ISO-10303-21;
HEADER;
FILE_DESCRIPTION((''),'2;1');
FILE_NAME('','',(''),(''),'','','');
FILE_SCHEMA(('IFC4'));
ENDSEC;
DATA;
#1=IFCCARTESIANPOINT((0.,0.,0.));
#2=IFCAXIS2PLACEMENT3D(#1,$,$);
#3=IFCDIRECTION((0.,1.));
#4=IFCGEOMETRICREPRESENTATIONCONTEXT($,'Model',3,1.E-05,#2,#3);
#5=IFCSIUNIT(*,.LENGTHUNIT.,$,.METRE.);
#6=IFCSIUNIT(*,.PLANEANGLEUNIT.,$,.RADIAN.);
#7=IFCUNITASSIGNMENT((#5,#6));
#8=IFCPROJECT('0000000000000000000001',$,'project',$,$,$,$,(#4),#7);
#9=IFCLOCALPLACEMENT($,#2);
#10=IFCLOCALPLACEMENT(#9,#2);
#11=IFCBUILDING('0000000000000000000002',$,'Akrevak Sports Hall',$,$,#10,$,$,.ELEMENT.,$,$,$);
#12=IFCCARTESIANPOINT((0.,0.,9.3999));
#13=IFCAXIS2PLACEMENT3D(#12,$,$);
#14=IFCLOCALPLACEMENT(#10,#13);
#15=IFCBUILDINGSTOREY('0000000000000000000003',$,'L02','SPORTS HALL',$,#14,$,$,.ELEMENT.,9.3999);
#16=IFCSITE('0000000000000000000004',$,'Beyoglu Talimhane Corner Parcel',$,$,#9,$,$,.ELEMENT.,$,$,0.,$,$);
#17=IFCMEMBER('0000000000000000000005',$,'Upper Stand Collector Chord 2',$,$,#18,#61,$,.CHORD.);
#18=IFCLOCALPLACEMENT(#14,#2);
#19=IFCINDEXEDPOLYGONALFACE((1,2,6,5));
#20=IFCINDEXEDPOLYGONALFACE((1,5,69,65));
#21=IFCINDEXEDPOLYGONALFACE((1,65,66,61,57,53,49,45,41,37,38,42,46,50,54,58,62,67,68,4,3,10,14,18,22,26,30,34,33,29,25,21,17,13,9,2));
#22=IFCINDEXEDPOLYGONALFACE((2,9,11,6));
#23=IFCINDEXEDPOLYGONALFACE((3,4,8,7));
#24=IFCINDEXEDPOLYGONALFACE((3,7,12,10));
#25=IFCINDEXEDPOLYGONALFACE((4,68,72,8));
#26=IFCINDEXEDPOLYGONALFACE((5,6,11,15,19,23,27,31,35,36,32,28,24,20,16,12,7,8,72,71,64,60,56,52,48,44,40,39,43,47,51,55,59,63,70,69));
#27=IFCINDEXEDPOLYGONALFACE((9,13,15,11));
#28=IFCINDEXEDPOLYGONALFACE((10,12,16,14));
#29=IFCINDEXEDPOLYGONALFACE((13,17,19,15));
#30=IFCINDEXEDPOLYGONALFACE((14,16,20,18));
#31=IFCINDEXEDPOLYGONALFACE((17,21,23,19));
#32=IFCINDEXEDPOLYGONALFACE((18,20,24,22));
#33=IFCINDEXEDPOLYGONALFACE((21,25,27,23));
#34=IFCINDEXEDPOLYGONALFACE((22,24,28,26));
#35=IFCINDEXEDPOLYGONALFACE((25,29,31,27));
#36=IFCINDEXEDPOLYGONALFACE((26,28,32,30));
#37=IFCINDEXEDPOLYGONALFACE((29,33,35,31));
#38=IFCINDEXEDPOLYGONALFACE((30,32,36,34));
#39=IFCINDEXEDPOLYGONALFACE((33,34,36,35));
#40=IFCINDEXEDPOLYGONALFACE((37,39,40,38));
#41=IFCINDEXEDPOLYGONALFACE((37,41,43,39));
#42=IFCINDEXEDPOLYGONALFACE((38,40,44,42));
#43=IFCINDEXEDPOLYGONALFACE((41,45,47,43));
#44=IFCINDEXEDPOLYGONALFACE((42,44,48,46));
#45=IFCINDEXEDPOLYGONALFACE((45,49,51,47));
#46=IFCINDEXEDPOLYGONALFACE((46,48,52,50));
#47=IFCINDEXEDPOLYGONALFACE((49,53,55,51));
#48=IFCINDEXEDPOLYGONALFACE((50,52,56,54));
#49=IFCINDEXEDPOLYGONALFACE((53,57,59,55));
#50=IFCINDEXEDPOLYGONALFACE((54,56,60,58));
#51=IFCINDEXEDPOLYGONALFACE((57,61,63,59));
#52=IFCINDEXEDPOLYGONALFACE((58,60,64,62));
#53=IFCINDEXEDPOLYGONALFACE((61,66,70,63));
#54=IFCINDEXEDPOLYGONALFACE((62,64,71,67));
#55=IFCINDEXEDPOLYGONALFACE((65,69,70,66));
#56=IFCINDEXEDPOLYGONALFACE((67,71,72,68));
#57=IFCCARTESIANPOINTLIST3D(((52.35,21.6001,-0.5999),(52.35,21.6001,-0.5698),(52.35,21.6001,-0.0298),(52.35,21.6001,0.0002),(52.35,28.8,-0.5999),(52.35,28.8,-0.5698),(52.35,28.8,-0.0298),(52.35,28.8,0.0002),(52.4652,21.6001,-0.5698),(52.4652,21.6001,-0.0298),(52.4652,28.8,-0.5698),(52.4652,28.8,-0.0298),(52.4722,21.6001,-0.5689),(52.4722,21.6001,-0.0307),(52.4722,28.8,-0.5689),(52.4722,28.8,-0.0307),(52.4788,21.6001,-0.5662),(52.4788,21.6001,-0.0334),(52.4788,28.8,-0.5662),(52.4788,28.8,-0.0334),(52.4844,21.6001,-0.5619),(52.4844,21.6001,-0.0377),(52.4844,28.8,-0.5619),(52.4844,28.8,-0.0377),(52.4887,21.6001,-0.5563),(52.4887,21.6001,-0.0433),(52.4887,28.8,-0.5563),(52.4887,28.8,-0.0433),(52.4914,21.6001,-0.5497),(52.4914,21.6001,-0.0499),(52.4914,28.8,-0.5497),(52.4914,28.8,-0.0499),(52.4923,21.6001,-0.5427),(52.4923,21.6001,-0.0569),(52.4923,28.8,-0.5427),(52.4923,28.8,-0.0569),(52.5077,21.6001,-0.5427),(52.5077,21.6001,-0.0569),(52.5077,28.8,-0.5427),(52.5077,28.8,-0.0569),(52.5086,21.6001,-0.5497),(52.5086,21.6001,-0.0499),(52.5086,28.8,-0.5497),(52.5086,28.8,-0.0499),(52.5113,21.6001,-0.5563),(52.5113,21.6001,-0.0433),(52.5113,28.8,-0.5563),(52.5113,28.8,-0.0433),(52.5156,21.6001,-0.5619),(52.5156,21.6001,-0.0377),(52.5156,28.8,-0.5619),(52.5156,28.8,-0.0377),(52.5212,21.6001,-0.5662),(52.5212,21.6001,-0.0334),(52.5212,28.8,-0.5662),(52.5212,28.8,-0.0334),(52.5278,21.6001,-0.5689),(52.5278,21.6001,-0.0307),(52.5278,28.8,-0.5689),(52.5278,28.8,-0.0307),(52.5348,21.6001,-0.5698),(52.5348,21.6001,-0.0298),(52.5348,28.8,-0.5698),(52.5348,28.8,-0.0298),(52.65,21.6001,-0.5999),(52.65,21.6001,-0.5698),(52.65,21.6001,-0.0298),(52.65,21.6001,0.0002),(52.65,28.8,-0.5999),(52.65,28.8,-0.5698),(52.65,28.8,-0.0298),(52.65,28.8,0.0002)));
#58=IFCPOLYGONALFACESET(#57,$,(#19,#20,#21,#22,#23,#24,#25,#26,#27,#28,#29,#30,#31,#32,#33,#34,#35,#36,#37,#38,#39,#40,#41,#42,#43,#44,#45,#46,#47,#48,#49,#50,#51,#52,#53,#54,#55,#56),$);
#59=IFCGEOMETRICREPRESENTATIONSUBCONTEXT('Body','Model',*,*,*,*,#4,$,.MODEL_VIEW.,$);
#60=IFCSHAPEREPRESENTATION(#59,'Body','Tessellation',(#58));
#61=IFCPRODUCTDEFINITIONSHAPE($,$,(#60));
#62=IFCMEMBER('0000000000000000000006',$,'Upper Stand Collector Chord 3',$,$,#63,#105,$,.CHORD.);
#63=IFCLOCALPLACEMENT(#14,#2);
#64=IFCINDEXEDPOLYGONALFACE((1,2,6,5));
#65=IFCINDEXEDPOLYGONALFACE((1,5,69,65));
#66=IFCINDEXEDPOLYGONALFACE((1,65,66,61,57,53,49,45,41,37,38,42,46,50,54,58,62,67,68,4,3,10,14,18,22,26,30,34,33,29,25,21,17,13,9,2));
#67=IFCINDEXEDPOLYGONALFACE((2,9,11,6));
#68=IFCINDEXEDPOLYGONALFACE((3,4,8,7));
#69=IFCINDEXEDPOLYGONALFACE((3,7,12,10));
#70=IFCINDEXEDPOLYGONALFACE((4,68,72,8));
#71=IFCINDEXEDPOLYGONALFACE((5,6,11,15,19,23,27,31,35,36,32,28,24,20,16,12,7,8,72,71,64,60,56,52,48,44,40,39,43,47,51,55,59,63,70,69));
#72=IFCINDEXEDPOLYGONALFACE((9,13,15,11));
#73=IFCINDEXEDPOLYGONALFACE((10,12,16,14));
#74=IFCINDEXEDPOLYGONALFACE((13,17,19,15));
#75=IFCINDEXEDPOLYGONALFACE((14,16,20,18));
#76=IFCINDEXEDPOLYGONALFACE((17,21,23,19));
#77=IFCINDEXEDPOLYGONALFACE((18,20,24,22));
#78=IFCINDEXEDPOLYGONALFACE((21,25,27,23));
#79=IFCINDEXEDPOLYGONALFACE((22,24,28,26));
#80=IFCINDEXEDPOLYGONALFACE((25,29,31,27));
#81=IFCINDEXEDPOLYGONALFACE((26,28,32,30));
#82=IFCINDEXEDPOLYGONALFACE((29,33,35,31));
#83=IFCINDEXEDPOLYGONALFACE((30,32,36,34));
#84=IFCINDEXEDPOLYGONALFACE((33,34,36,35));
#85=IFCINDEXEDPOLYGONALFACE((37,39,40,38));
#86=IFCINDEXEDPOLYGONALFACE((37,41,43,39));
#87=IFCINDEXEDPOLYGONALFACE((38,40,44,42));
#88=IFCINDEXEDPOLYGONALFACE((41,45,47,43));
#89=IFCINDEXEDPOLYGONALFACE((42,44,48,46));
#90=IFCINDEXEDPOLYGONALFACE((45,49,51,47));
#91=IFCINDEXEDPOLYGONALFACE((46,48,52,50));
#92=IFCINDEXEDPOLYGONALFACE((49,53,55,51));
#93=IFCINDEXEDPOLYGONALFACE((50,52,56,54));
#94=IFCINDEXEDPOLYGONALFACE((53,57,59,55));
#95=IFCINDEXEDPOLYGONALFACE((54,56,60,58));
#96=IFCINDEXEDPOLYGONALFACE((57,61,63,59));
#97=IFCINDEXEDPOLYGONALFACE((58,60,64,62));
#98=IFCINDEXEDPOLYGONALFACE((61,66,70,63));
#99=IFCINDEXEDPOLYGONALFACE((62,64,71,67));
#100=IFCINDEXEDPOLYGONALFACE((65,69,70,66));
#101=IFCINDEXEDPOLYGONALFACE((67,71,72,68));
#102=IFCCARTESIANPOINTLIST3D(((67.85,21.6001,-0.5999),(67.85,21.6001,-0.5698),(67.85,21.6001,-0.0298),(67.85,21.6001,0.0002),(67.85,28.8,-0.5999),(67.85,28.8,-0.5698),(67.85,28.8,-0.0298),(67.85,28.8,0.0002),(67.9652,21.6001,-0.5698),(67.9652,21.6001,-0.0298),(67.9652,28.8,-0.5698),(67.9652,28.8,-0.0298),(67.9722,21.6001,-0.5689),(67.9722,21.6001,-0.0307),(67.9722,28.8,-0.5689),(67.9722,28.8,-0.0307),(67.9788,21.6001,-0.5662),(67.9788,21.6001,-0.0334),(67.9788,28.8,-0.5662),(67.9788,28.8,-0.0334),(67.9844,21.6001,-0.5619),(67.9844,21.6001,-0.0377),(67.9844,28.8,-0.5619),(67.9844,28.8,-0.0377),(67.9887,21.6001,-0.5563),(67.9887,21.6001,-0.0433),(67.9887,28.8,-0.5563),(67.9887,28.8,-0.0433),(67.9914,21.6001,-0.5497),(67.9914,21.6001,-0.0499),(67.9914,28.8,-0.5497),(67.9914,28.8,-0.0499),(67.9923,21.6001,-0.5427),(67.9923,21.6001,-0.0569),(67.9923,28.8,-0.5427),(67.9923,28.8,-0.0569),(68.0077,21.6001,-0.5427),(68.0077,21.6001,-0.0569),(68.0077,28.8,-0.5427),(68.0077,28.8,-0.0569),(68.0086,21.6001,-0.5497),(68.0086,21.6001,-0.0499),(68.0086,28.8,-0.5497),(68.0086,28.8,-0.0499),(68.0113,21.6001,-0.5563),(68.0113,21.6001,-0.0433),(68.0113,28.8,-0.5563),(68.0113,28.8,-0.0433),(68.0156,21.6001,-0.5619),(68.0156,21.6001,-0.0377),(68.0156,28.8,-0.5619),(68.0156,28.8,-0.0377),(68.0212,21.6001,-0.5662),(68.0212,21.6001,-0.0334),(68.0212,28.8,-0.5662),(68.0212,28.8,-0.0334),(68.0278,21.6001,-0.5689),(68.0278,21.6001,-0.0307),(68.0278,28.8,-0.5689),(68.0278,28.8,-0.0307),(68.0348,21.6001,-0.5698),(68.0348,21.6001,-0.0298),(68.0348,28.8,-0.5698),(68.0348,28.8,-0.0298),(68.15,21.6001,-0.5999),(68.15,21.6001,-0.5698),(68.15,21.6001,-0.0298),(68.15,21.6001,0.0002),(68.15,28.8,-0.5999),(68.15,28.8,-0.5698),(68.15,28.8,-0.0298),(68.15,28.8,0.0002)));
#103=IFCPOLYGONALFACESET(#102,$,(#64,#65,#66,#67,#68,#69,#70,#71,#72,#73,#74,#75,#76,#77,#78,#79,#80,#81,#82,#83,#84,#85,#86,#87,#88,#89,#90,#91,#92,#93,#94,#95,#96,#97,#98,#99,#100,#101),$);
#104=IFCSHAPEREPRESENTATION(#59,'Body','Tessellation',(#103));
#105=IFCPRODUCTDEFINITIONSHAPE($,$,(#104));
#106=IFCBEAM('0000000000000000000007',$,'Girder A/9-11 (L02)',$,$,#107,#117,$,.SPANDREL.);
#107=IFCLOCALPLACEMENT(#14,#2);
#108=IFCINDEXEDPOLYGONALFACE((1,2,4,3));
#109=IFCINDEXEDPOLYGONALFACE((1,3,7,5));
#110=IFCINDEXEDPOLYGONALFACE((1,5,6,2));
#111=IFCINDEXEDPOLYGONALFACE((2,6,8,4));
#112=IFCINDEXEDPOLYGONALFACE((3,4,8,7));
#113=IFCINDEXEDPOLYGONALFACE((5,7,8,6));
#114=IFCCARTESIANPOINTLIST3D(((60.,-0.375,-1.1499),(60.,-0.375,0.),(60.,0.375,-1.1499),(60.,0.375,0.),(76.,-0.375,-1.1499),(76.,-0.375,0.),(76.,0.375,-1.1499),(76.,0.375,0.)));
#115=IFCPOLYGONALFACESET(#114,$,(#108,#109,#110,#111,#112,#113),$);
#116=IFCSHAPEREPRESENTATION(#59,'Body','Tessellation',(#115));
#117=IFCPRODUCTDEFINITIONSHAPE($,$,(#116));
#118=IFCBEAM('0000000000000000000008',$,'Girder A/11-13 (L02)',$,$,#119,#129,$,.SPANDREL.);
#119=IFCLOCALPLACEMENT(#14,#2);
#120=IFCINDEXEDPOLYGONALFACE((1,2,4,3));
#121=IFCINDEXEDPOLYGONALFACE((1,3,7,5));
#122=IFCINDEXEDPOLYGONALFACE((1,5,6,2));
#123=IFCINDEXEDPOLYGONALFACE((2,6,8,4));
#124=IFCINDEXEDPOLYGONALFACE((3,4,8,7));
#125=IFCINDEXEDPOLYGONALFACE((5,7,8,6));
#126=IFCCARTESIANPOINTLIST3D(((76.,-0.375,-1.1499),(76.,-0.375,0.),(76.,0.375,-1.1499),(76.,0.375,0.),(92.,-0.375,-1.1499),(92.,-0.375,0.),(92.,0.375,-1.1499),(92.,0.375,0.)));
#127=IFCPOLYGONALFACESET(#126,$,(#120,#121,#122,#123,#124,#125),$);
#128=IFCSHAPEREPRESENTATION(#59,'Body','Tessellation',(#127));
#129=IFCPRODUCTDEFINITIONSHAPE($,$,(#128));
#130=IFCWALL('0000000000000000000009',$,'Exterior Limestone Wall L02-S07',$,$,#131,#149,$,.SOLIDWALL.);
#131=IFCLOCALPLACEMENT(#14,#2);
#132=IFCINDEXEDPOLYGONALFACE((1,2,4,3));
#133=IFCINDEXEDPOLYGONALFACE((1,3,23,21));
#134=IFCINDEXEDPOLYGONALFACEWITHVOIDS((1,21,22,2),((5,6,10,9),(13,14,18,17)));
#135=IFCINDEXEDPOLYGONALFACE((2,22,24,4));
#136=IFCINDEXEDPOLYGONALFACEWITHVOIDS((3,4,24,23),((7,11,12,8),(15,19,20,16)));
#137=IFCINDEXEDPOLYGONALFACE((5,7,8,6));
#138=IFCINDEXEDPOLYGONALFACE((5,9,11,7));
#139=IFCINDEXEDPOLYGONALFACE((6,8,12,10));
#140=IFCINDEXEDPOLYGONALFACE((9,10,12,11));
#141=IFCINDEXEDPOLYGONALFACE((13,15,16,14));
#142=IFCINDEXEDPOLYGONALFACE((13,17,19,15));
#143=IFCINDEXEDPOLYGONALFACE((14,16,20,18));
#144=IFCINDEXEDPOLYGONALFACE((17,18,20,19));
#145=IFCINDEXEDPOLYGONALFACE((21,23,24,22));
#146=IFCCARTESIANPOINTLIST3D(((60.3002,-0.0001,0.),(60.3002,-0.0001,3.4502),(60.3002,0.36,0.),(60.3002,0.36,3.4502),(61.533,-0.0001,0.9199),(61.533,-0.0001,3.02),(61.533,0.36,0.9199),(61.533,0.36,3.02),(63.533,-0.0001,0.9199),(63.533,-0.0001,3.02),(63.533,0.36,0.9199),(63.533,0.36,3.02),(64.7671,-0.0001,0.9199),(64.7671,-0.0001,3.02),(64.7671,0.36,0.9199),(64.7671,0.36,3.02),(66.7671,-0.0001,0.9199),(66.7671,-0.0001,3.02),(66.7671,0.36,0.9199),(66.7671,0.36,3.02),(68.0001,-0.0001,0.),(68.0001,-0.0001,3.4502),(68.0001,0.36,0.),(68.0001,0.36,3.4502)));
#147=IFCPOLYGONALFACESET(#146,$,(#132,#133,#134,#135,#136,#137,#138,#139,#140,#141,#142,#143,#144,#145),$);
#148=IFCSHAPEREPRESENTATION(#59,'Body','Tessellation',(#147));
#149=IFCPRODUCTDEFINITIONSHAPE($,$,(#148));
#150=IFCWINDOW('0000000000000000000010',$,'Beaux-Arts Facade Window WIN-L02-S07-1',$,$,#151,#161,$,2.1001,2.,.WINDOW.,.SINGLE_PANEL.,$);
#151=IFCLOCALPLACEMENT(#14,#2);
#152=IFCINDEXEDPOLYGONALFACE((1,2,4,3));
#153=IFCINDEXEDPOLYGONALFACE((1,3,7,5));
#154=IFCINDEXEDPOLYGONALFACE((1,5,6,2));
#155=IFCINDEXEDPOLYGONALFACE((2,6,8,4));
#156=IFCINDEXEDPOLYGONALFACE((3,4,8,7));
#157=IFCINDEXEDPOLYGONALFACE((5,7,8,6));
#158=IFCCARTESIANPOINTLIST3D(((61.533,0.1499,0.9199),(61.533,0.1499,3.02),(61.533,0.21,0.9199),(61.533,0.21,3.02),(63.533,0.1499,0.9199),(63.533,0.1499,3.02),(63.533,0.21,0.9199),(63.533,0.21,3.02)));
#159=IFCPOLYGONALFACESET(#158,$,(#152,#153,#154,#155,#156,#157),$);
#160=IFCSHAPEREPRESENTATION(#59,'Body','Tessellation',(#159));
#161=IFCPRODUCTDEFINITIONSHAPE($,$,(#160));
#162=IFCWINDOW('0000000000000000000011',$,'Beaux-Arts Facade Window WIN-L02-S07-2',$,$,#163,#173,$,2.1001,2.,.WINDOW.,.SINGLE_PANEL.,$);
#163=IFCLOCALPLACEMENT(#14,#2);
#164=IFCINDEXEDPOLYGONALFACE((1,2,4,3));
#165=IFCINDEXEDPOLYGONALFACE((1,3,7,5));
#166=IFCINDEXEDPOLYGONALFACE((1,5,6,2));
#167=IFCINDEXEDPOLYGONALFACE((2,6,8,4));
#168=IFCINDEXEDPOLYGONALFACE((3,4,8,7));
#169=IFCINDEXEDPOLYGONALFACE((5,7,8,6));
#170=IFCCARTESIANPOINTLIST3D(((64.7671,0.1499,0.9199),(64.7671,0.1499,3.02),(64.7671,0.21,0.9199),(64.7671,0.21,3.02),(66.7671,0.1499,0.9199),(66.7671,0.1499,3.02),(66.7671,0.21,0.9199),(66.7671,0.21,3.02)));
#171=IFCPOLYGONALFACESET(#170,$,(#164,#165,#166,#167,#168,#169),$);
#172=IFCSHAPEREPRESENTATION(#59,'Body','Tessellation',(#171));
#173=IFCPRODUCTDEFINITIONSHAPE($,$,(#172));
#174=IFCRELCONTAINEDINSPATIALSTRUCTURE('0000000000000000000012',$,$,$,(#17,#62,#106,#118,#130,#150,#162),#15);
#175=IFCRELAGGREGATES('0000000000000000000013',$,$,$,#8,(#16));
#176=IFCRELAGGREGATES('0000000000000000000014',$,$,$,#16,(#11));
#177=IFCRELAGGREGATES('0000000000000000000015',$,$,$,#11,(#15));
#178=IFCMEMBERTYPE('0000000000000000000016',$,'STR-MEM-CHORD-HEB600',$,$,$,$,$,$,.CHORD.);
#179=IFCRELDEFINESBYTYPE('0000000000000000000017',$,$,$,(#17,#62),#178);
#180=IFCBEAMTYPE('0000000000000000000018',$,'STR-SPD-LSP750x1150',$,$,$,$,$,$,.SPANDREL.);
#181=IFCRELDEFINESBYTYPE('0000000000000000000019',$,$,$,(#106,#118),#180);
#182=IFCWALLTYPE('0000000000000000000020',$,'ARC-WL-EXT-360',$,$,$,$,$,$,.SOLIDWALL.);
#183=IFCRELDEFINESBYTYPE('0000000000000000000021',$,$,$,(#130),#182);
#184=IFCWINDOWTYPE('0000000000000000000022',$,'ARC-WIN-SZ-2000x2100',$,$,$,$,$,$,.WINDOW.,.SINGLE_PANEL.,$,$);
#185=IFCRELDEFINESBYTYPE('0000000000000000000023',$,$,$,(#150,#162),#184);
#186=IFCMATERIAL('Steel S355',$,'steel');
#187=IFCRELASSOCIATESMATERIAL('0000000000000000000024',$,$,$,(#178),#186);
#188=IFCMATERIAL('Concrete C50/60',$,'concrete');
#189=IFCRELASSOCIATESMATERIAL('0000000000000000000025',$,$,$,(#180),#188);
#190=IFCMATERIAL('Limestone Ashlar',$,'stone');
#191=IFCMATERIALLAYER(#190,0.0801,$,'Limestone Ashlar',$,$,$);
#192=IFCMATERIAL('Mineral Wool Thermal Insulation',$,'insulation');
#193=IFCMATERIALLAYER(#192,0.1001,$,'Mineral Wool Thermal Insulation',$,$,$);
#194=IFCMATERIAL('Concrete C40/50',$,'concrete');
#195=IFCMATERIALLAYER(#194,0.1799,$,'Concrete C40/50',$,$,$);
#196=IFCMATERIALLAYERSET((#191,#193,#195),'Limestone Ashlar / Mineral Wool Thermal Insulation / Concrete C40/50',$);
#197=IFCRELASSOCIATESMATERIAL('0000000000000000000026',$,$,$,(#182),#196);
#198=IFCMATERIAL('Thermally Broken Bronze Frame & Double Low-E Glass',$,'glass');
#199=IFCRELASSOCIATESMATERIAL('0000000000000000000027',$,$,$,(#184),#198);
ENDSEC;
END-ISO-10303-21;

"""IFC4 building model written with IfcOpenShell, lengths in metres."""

from ifc_helpers import new_model, si_unit, direction, frame, frame_2d, origin, origin_2d, place, context, subcontext, project, spatial, rectangle, i_section, extrude, material, layer, layer_set, material_profile, profile_set, type_object, element, fill, save


model = new_model("IFC4")

# Units and contexts
model_context = context("Model", 3, precision=1e-05, world=origin(), true_north=direction((0.0, 1.0)))
body_context = subcontext(model_context, "Body", "Model", "MODEL_VIEW")
ifc_project = project(units=[si_unit("LENGTHUNIT", "METRE"), si_unit("PLANEANGLEUNIT", "RADIAN")], contexts=[model_context])

# Site, building, storey
site_placement = place(None, origin())
site = spatial("IfcSite", under=ifc_project, at=site_placement, Name="Beyoglu Talimhane Corner Parcel", CompositionType="ELEMENT", RefElevation=0.0)
building_placement = place(site_placement, origin())
building = spatial("IfcBuilding", under=site, at=building_placement, Name="Akrevak Sports Hall", CompositionType="ELEMENT")
storey_placement = place(building_placement, frame((0.0, 0.0, 9.3999)))
storey = spatial("IfcBuildingStorey", under=building, at=storey_placement, Name="L02", Description="SPORTS HALL", CompositionType="ELEMENT", Elevation=9.3999)

# Shared definitions
ifc_material_1 = material(Name="Concrete C50/60", Category="concrete")
ifc_material_2 = material(Name="Concrete C40/50", Category="concrete")

# Members
ifc_material_3 = material(Name="Steel S355", Category="steel")
ifc_material_profile_1 = material_profile(ifc_material_3, i_section(OverallWidth=0.3, OverallDepth=0.6001, WebThickness=0.0154, FlangeThickness=0.03, FilletRadius=0.0271, at=origin_2d()), Name="HEB 600", Category="steel")
ifc_profile_set_1 = profile_set([ifc_material_profile_1], Name="Steel S355")
member_type = type_object("IfcMemberType", Name="STR-MEM-CHORD-HEB600", PredefinedType="CHORD", material=ifc_profile_set_1)
for number, where, z_axis, x_axis, name in (
    (1, (52.5, 21.6001, -0.2998), (0.0, 1.0, 0.0), (-1.0, 0.0, 0.0), "Upper Stand Collector Chord 2"),
    (2, (68.0, 21.6001, -0.2998), (0.0, 1.0, 0.0), (-1.0, 0.0, 0.0), "Upper Stand Collector Chord 3"),
):
    element("IfcMember", number, at=place(storey_placement, frame(where, z_axis=z_axis, x_axis=x_axis)), inside=storey, type_object=member_type, Name=name, PredefinedType="CHORD", context=body_context, shape_type="SweptSolid", body=[
        extrude(i_section(OverallWidth=0.3, OverallDepth=0.6001, WebThickness=0.0154, FlangeThickness=0.03, FilletRadius=0.0271, at=origin_2d()), origin(), (0.0, 0.0, 1.0), 7.2),
    ])

# Beams
ifc_material_profile_2 = material_profile(ifc_material_1, rectangle(XDim=0.75, YDim=1.1499, at=origin_2d()), Name="SPD 750x1150", Category="concrete")
ifc_profile_set_2 = profile_set([ifc_material_profile_2], Name="Concrete C50/60")
beam_type_1 = type_object("IfcBeamType", Name="STR-SPD-LSP750x1150", PredefinedType="SPANDREL", material=ifc_profile_set_2)
for number, where, z_axis, x_axis, name in (
    (3, (60.0, 0.0, -0.575), (1.0, 0.0, 0.0), (0.0, 1.0, 0.0), "Girder A/9-11 (L02)"),
    (4, (76.0, 0.0, -0.575), (1.0, 0.0, 0.0), (0.0, 1.0, 0.0), "Girder A/11-13 (L02)"),
):
    element("IfcBeam", number, at=place(storey_placement, frame(where, z_axis=z_axis, x_axis=x_axis)), inside=storey, type_object=beam_type_1, Name=name, PredefinedType="SPANDREL", context=body_context, shape_type="SweptSolid", body=[
        extrude(rectangle(XDim=0.75, YDim=1.1499, at=origin_2d()), origin(), (0.0, 0.0, 1.0), 16.0),
    ])

# Wall, openings, windows
ifc_material_4 = material(Name="Limestone Ashlar", Category="stone")
ifc_layer_1 = layer(ifc_material_4, 0.0801, Name="Limestone Ashlar")
ifc_material_5 = material(Name="Mineral Wool Thermal Insulation", Category="insulation")
ifc_layer_2 = layer(ifc_material_5, 0.1001, Name="Mineral Wool Thermal Insulation")
ifc_layer_3 = layer(ifc_material_2, 0.1799, Name="Concrete C40/50")
ifc_layer_set_1 = layer_set([ifc_layer_1, ifc_layer_2, ifc_layer_3], Name="Limestone Ashlar / Mineral Wool Thermal Insulation / Concrete C40/50")
wall_type_1 = type_object("IfcWallType", Name="ARC-WL-EXT-360", PredefinedType="SOLIDWALL", material=ifc_layer_set_1)
wall_1_placement = place(storey_placement, frame((60.3, 0.1799, 0.0), z_axis=(0.0, 0.0, 1.0), x_axis=(1.0, 0.0, 0.0)))
wall_1 = element("IfcWall", 5, at=wall_1_placement, inside=storey, type_object=wall_type_1, Name="Exterior Limestone Wall L02-S07", PredefinedType="SOLIDWALL", context=body_context, shape_type="SweptSolid", body=[
    extrude(rectangle(XDim=7.7, YDim=0.3601, at=frame_2d((3.8501, 0.0))), origin(), (0.0, 0.0, 1.0), 3.4502),
])
opening_1_placement = place(wall_1_placement, frame((1.2329, 0.0, 0.9199)))
opening_1 = element("IfcOpeningElement", 6, at=opening_1_placement, cuts=wall_1, PredefinedType="OPENING", context=body_context, shape_type="SweptSolid", body=[
    extrude(rectangle(XDim=2.0, YDim=2.1001, at=frame_2d((1.0, 1.05))), frame((0.0, 0.1919, 0.0), z_axis=(0.0, -1.0, 0.0), x_axis=(1.0, 0.0, 0.0)), (0.0, 0.0, 1.0), 0.384),
])
opening_2_placement = place(wall_1_placement, frame((4.467, 0.0, 0.9199)))
opening_2 = element("IfcOpeningElement", 7, at=opening_2_placement, cuts=wall_1, PredefinedType="OPENING", context=body_context, shape_type="SweptSolid", body=[
    extrude(rectangle(XDim=2.0, YDim=2.1001, at=frame_2d((1.0, 1.05))), frame((0.0, 0.1919, 0.0), z_axis=(0.0, -1.0, 0.0), x_axis=(1.0, 0.0, 0.0)), (0.0, 0.0, 1.0), 0.384),
])
ifc_material_6 = material(Name="Thermally Broken Bronze Frame & Double Low-E Glass", Category="glass")
window_type = type_object("IfcWindowType", Name="ARC-WIN-SZ-2000x2100", PartitioningType="SINGLE_PANEL", PredefinedType="WINDOW", material=ifc_material_6)
window_1_placement = place(opening_1_placement, origin())
window_1 = element("IfcWindow", 8, at=window_1_placement, inside=storey, type_object=window_type, Name="Beaux-Arts Facade Window WIN-L02-S07-1", OverallHeight=2.1001, OverallWidth=2.0, PartitioningType="SINGLE_PANEL", PredefinedType="WINDOW", context=body_context, shape_type="SweptSolid", body=[
    extrude(rectangle(XDim=2.0, YDim=2.1001, at=frame_2d((1.0, 1.05))), frame((0.0, 0.03, 0.0), z_axis=(0.0, -1.0, 0.0), x_axis=(1.0, 0.0, 0.0)), (0.0, 0.0, 1.0), 0.0601),
])
fill(opening_1, window_1)
window_2_placement = place(opening_2_placement, origin())
window_2 = element("IfcWindow", 9, at=window_2_placement, inside=storey, type_object=window_type, Name="Beaux-Arts Facade Window WIN-L02-S07-2", OverallHeight=2.1001, OverallWidth=2.0, PartitioningType="SINGLE_PANEL", PredefinedType="WINDOW", context=body_context, shape_type="SweptSolid", body=[
    extrude(rectangle(XDim=2.0, YDim=2.1001, at=frame_2d((1.0, 1.05))), frame((0.0, 0.03, 0.0), z_axis=(0.0, -1.0, 0.0), x_axis=(1.0, 0.0, 0.0)), (0.0, 0.0, 1.0), 0.0601),
])
fill(opening_2, window_2)

save(model, "model.ifc")
